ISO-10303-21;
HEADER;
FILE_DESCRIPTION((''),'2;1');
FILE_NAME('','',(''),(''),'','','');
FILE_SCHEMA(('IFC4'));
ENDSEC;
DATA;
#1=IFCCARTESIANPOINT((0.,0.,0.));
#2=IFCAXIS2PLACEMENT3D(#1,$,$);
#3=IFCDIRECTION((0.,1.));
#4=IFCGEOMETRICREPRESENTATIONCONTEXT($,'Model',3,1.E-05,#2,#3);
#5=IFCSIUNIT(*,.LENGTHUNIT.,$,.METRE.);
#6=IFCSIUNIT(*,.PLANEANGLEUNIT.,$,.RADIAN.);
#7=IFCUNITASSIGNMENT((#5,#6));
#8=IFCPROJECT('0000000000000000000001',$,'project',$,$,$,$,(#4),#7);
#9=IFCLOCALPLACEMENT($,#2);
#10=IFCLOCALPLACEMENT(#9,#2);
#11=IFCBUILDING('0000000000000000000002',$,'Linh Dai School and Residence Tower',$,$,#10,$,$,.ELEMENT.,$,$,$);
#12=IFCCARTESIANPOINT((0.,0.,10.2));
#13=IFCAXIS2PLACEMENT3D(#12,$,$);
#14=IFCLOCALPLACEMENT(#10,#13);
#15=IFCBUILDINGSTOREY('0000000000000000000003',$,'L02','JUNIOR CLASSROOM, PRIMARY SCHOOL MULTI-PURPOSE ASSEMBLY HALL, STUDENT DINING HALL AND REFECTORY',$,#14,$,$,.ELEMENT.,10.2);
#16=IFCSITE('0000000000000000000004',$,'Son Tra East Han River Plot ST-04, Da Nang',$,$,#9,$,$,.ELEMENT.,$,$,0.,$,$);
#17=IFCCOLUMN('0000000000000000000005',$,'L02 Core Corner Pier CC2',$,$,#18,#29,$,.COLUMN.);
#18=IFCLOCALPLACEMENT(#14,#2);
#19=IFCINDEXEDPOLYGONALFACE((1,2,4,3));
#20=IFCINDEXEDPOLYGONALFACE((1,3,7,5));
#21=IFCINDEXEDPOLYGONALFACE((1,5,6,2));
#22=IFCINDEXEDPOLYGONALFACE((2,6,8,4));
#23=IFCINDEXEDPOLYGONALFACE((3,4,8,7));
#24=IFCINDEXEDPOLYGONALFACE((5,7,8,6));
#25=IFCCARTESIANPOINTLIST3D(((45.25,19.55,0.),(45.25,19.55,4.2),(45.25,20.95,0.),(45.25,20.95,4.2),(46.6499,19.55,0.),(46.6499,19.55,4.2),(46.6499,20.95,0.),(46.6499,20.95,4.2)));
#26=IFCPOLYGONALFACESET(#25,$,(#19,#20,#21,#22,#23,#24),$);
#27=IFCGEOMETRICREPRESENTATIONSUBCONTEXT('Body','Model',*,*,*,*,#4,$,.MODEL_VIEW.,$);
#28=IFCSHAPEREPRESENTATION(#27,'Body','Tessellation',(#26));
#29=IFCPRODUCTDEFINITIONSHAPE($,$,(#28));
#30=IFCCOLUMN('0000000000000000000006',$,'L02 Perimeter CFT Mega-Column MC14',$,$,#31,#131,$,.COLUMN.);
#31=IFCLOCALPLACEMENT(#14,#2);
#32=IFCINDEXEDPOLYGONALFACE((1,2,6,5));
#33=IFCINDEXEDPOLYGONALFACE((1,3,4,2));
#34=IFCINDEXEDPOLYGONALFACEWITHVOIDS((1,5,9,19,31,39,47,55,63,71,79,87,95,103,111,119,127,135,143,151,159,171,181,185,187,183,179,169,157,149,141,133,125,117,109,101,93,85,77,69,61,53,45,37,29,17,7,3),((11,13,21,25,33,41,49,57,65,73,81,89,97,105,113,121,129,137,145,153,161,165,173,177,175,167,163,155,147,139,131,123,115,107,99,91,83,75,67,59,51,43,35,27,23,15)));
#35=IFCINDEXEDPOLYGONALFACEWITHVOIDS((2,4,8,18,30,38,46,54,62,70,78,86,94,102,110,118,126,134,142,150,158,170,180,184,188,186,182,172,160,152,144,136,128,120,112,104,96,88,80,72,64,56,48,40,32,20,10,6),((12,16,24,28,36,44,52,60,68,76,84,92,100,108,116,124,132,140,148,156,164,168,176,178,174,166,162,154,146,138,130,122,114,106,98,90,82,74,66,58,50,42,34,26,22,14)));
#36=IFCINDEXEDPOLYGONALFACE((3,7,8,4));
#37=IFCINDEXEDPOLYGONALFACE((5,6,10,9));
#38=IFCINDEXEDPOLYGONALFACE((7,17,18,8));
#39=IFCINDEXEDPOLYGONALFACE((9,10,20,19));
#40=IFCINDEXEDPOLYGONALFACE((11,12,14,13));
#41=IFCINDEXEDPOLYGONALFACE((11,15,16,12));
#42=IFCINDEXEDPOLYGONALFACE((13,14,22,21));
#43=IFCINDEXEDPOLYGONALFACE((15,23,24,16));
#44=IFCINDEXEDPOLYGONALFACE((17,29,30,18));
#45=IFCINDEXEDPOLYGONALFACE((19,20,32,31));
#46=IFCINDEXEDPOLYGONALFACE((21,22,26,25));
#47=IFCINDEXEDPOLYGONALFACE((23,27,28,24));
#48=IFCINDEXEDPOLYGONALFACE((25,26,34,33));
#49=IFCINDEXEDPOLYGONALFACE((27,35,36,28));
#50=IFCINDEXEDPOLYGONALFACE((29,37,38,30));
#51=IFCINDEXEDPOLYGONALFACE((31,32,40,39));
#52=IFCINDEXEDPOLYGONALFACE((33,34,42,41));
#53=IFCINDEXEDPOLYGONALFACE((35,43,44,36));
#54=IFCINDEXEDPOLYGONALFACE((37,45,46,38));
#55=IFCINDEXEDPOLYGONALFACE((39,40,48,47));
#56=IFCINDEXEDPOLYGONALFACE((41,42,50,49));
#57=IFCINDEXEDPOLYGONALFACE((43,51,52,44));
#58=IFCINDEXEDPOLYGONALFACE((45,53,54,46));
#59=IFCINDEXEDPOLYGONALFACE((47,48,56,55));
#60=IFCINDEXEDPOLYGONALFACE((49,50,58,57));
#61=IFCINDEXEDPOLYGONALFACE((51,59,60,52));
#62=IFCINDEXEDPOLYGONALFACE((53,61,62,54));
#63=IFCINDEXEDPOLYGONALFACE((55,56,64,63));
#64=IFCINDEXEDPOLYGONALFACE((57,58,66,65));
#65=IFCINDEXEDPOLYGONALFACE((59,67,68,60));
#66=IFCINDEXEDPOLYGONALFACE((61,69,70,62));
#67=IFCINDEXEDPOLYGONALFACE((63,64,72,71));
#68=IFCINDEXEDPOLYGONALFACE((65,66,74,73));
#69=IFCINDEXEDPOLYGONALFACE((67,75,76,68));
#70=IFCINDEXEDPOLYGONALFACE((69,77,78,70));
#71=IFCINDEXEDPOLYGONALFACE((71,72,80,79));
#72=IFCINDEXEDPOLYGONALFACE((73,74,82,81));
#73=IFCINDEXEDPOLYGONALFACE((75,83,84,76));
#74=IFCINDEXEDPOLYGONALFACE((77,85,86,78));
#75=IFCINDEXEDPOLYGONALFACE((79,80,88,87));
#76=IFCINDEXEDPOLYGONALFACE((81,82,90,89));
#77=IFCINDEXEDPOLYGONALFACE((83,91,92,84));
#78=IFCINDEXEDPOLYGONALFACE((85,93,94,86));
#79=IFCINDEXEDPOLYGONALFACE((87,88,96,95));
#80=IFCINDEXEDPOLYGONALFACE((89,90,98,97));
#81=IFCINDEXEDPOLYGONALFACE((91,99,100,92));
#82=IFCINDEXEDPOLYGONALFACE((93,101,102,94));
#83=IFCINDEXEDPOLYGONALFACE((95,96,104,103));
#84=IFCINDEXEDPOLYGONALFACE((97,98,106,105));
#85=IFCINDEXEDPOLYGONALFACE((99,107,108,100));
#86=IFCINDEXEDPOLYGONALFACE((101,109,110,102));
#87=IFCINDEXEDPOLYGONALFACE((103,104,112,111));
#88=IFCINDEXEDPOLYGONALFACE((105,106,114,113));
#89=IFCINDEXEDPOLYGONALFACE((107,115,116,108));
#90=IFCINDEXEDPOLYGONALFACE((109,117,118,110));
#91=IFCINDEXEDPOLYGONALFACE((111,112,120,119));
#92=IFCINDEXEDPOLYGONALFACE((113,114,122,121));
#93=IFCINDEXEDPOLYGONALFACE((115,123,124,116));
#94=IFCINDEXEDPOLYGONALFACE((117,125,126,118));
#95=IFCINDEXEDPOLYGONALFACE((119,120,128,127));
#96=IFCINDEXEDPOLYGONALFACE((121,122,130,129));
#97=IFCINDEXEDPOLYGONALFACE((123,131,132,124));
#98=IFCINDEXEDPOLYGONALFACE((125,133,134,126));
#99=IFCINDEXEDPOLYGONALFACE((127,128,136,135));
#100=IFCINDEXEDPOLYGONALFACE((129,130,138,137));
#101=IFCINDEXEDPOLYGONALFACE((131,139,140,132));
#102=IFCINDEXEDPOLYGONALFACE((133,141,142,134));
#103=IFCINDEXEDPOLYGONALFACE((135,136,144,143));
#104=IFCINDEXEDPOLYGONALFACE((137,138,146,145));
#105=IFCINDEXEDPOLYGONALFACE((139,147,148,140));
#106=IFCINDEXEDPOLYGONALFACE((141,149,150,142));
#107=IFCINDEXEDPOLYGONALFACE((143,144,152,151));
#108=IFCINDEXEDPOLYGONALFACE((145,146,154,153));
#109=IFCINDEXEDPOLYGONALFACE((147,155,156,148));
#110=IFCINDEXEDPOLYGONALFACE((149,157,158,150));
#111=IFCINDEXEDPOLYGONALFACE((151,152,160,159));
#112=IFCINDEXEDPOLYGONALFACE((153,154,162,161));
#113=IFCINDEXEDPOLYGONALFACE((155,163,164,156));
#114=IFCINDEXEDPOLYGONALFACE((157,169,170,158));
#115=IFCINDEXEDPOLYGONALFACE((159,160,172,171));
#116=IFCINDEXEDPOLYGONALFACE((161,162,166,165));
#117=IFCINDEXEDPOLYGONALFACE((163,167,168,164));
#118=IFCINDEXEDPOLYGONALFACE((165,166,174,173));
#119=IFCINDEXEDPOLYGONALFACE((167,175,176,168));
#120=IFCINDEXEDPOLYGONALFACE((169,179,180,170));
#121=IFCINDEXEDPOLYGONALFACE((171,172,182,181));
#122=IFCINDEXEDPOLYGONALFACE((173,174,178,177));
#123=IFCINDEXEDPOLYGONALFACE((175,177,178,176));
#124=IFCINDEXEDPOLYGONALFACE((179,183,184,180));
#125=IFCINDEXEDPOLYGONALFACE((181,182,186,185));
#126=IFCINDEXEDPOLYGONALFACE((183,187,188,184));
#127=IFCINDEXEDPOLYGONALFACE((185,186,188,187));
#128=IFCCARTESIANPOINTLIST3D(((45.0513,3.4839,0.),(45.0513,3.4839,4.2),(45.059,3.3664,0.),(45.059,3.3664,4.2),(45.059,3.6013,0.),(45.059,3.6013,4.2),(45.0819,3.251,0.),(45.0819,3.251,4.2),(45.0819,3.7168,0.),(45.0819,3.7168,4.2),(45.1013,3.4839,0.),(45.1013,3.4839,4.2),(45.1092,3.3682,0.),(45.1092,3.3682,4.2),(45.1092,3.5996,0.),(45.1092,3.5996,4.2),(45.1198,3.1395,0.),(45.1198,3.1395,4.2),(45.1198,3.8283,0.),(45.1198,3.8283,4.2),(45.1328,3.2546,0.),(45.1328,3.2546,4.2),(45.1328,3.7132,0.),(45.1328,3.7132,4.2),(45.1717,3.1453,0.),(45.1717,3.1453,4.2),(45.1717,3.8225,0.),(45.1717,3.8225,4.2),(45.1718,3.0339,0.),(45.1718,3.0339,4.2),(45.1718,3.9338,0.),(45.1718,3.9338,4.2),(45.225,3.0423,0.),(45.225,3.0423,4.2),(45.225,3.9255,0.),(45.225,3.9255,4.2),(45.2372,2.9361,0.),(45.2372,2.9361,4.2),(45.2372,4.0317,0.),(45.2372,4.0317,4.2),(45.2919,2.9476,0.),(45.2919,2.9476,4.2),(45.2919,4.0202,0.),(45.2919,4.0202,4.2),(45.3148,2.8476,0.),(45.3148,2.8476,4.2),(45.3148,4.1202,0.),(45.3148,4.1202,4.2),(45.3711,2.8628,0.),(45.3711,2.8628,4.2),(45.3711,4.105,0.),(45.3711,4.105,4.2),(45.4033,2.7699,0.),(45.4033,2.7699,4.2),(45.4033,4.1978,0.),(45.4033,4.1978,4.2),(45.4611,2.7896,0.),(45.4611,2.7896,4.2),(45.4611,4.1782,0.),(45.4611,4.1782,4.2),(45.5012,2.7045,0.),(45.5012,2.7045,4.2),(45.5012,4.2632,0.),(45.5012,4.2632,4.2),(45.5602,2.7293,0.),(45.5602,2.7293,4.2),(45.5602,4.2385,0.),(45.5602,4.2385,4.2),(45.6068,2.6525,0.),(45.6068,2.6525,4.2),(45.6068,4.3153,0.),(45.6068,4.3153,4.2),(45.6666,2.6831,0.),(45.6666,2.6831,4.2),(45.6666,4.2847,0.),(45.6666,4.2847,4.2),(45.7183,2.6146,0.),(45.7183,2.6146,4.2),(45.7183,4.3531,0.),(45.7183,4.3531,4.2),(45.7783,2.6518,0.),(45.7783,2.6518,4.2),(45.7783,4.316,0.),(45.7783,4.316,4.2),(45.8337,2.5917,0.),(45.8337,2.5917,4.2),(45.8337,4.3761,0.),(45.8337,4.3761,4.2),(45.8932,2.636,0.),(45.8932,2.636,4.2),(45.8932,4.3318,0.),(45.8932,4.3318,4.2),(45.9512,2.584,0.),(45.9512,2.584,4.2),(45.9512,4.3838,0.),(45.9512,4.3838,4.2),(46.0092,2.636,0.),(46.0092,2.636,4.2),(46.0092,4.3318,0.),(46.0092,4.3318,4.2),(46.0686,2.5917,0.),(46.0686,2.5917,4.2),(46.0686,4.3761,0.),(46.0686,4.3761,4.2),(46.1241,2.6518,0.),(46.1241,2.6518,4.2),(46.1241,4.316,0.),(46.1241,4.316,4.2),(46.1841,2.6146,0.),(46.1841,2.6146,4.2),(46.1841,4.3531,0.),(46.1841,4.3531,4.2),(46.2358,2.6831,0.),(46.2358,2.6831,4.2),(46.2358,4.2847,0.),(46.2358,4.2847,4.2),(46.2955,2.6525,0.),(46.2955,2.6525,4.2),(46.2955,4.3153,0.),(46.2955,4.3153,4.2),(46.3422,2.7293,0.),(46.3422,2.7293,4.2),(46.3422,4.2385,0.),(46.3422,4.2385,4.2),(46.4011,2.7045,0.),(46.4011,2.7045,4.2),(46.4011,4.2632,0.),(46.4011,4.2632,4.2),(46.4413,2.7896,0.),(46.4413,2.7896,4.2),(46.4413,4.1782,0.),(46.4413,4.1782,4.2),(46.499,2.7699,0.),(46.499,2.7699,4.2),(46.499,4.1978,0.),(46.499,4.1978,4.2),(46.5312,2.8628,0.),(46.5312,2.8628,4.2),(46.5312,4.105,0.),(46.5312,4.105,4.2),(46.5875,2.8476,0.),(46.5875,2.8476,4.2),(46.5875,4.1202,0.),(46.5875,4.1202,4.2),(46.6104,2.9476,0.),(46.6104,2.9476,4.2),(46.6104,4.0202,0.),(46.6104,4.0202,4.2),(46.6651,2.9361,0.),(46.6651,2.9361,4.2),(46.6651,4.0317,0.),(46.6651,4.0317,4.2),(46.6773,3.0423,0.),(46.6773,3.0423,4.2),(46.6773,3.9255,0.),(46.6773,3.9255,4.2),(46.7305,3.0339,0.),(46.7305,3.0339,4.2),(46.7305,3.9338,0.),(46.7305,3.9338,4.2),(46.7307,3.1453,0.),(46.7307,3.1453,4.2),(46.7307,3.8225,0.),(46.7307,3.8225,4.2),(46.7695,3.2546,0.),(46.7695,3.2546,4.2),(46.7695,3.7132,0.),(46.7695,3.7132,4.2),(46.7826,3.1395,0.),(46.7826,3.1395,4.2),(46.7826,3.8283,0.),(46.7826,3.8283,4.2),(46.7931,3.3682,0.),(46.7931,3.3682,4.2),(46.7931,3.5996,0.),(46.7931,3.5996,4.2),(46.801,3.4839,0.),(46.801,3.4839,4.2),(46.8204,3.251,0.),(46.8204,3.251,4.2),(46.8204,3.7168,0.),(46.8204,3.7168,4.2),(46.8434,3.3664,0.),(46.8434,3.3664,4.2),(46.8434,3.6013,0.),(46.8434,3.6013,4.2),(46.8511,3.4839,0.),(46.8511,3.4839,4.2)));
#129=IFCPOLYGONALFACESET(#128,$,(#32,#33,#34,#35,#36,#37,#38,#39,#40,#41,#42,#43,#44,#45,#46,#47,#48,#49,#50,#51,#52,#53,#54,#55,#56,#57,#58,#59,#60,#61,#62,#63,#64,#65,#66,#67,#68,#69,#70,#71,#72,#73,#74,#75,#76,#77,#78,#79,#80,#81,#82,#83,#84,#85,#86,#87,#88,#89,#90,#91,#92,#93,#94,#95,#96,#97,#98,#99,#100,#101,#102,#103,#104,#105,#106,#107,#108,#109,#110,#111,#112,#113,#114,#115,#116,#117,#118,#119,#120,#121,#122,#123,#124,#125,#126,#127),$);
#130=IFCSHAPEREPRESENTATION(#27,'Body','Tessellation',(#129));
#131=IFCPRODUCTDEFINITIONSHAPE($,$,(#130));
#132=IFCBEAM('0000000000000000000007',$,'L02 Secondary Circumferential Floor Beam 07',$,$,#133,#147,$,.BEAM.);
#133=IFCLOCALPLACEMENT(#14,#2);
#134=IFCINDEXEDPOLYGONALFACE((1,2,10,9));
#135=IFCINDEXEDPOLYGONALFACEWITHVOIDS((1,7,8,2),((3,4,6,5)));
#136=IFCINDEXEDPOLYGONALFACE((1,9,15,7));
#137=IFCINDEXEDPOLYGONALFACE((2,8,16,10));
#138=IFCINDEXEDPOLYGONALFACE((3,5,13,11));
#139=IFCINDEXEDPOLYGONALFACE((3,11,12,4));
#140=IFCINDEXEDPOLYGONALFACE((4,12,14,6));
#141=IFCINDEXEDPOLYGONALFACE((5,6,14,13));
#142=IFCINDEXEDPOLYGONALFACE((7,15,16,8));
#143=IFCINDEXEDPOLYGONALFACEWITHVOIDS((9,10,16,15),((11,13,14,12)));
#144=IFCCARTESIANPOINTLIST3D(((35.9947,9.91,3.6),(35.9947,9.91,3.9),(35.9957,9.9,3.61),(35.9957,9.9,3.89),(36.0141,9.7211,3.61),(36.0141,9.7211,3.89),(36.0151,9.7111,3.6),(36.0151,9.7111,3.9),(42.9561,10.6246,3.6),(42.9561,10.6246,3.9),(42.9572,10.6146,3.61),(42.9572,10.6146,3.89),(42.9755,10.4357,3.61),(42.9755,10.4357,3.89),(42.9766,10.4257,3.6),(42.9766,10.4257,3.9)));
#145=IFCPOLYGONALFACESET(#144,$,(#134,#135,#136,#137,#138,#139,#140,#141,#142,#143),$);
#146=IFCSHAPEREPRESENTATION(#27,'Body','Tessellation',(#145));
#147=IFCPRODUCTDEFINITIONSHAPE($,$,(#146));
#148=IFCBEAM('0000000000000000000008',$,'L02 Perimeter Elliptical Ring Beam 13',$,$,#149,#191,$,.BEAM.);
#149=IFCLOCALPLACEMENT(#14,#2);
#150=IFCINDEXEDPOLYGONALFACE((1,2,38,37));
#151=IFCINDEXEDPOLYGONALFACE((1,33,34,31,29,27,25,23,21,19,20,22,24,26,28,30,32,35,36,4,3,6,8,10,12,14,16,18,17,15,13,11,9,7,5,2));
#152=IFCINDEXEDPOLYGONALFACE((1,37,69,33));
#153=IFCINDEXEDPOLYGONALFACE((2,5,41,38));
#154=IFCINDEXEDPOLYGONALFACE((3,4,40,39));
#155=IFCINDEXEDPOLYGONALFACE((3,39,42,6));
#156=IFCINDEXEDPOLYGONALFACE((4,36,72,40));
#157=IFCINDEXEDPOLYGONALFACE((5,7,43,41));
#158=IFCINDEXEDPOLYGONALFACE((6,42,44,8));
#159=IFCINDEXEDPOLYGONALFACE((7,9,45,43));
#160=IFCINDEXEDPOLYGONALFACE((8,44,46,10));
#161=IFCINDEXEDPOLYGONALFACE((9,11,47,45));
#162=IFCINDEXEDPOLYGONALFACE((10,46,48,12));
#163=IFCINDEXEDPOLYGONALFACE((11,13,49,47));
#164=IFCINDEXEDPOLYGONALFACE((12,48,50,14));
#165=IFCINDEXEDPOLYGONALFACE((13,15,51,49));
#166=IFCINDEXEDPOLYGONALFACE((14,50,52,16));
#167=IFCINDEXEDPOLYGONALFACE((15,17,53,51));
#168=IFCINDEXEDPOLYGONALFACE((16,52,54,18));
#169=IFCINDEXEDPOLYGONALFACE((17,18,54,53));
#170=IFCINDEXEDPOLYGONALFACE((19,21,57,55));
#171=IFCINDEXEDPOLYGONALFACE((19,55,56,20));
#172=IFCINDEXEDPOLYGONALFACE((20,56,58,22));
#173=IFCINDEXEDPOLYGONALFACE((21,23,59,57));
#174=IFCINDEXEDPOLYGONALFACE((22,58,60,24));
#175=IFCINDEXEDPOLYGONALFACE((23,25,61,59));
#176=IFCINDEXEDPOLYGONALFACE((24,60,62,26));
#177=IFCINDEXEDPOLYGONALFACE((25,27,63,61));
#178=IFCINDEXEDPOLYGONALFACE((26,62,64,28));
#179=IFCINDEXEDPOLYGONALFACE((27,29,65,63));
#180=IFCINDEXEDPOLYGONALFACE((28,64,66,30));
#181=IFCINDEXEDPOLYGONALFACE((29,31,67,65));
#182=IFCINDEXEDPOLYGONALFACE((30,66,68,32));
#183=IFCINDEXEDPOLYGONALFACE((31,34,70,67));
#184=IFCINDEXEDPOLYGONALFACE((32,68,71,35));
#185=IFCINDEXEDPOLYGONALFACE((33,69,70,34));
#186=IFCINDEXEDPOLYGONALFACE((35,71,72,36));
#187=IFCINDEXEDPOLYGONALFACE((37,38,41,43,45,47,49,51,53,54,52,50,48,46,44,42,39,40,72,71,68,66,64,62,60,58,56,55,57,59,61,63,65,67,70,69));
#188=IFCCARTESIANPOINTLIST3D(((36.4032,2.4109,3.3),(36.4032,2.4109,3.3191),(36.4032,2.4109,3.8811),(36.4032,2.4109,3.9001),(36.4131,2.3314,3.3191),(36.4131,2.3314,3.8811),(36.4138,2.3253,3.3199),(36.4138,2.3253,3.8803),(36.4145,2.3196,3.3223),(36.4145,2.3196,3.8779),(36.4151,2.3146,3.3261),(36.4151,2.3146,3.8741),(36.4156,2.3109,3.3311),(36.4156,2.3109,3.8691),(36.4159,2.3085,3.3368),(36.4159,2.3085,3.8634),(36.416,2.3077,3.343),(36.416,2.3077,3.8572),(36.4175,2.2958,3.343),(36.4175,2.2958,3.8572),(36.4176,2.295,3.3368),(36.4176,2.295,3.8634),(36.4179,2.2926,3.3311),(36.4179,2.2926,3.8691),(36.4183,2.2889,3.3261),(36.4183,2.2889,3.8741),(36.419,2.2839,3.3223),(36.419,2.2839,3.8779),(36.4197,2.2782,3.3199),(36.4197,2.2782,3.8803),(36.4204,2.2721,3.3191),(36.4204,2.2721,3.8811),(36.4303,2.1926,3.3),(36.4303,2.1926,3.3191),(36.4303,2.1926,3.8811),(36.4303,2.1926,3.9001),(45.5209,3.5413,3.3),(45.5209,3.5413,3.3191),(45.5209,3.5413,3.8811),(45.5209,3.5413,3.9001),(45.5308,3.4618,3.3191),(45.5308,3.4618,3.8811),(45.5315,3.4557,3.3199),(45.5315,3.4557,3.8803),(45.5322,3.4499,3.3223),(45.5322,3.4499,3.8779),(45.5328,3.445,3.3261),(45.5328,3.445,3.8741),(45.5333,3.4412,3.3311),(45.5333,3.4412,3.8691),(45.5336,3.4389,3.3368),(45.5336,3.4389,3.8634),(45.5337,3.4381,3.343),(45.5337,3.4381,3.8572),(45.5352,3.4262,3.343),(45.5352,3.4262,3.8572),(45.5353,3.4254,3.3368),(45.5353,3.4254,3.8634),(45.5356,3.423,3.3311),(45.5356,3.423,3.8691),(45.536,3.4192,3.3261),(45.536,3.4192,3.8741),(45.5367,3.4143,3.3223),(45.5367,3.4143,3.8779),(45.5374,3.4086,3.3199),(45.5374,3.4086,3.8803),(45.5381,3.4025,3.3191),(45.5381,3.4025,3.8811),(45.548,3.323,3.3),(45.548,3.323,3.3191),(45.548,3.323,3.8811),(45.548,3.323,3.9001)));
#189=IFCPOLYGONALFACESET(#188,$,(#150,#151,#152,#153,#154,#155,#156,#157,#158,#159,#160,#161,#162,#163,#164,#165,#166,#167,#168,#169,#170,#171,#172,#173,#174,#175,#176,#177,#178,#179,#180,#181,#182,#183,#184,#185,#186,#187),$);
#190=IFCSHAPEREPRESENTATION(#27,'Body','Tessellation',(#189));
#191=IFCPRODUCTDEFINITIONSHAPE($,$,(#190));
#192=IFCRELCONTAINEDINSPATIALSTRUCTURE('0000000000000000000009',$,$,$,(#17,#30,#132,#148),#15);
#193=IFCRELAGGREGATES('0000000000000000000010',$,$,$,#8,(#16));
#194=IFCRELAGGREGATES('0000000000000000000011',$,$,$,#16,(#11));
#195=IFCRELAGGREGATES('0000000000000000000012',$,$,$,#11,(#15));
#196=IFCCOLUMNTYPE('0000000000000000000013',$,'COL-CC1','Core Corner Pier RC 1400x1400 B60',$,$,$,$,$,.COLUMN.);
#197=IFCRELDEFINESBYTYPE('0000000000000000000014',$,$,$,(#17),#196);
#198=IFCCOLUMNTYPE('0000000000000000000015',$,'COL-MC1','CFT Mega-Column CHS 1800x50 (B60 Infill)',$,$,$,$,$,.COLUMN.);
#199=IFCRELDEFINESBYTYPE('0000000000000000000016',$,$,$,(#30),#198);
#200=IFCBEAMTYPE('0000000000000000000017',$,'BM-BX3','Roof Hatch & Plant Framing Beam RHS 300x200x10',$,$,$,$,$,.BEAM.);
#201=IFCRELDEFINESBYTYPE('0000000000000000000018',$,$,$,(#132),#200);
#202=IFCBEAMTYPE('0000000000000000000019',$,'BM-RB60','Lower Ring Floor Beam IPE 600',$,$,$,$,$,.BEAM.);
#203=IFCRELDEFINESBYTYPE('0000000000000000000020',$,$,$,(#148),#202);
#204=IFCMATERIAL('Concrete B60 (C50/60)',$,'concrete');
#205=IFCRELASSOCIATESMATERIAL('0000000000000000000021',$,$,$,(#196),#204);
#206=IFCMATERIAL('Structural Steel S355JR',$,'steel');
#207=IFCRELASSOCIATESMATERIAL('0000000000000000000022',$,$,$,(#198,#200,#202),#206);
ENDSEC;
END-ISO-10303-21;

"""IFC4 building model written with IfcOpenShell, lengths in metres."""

from ifc_helpers import new_model, si_unit, direction, frame, origin, origin_2d, place, context, subcontext, project, spatial, rectangle, hollow_rectangle, hollow_circle, i_section, extrude, material, material_profile, profile_set, type_object, element, save


model = new_model("IFC4")

# Units and contexts
model_context = context("Model", 3, precision=1e-05, world=origin(), true_north=direction((0.0, 1.0)))
body_context = subcontext(model_context, "Body", "Model", "MODEL_VIEW")
ifc_project = project(units=[si_unit("LENGTHUNIT", "METRE"), si_unit("PLANEANGLEUNIT", "RADIAN")], contexts=[model_context])

# Site, building, storey
site_placement = place(None, origin())
site = spatial("IfcSite", under=ifc_project, at=site_placement, Name="Son Tra East Han River Plot ST-04, Da Nang", CompositionType="ELEMENT", RefElevation=0.0)
building_placement = place(site_placement, origin())
building = spatial("IfcBuilding", under=site, at=building_placement, Name="Linh Dai School and Residence Tower", CompositionType="ELEMENT")
storey_placement = place(building_placement, frame((0.0, 0.0, 10.2)))
storey = spatial("IfcBuildingStorey", under=building, at=storey_placement, Name="L02", Description="JUNIOR CLASSROOM, PRIMARY SCHOOL MULTI-PURPOSE ASSEMBLY HALL, STUDENT DINING HALL AND REFECTORY", CompositionType="ELEMENT", Elevation=10.2)

# Columns
ifc_material_1 = material(Name="Concrete B60 (C50/60)", Category="concrete")
ifc_material_profile_1 = material_profile(ifc_material_1, rectangle(XDim=1.3999, YDim=1.3999, at=origin_2d()), Name="RC 1400x1400")
ifc_profile_set_1 = profile_set([ifc_material_profile_1], Name="Concrete B60 (C50/60)")
column_type_1 = type_object("IfcColumnType", Name="COL-CC1", Description="Core Corner Pier RC 1400x1400 B60", PredefinedType="COLUMN", material=ifc_profile_set_1)
column_1_placement = place(storey_placement, frame((45.95, 20.25, 0.0), z_axis=(0.0, 0.0, 1.0), x_axis=(1.0, 0.0, 0.0)))
element("IfcColumn", 1, at=column_1_placement, inside=storey, type_object=column_type_1, Name="L02 Core Corner Pier CC2", PredefinedType="COLUMN", context=body_context, shape_type="SweptSolid", body=[
    extrude(rectangle(XDim=1.3999, YDim=1.3999, at=origin_2d()), origin(), (0.0, 0.0, 1.0), 4.2),
])
ifc_material_2 = material(Name="Structural Steel S355JR", Category="steel")
ifc_material_profile_2 = material_profile(ifc_material_2, hollow_circle(Radius=0.8999, WallThickness=0.05, at=origin_2d()), Name="CHS 1800x50")
ifc_profile_set_2 = profile_set([ifc_material_profile_2], Name="Structural Steel S355JR")
column_type_2 = type_object("IfcColumnType", Name="COL-MC1", Description="CFT Mega-Column CHS 1800x50 (B60 Infill)", PredefinedType="COLUMN", material=ifc_profile_set_2)
column_2_placement = place(storey_placement, frame((45.9512, 3.4839, 0.0), z_axis=(0.0, 0.0, 1.0), x_axis=(1.0, 0.0, 0.0)))
element("IfcColumn", 2, at=column_2_placement, inside=storey, type_object=column_type_2, Name="L02 Perimeter CFT Mega-Column MC14", PredefinedType="COLUMN", context=body_context, shape_type="SweptSolid", body=[
    extrude(hollow_circle(Radius=0.8999, WallThickness=0.05, at=origin_2d()), origin(), (0.0, 0.0, 1.0), 4.2),
])

# Beams
ifc_material_profile_3 = material_profile(ifc_material_2, hollow_rectangle(XDim=0.2, YDim=0.3, WallThickness=0.01, at=origin_2d()), Name="RHS 300x200x10")
ifc_profile_set_3 = profile_set([ifc_material_profile_3], Name="Structural Steel S355JR")
beam_type_1 = type_object("IfcBeamType", Name="BM-BX3", Description="Roof Hatch & Plant Framing Beam RHS 300x200x10", PredefinedType="BEAM", material=ifc_profile_set_3)
beam_1_placement = place(storey_placement, frame((36.0049, 9.8105, 3.75), z_axis=(0.994773, 0.102115, 0.0), x_axis=(-0.102115, 0.994773, 0.0)))
element("IfcBeam", 3, at=beam_1_placement, inside=storey, type_object=beam_type_1, Name="L02 Secondary Circumferential Floor Beam 07", PredefinedType="BEAM", context=body_context, shape_type="SweptSolid", body=[
    extrude(hollow_rectangle(XDim=0.2, YDim=0.3, WallThickness=0.01, at=origin_2d()), origin(), (0.0, 0.0, 1.0), 6.998),
])
ifc_material_profile_4 = material_profile(ifc_material_2, i_section(OverallWidth=0.22, OverallDepth=0.6001, WebThickness=0.012, FlangeThickness=0.019, FilletRadius=0.0239, at=origin_2d()), Name="IPE 600")
ifc_profile_set_4 = profile_set([ifc_material_profile_4], Name="Structural Steel S355JR")
beam_type_2 = type_object("IfcBeamType", Name="BM-RB60", Description="Lower Ring Floor Beam IPE 600", PredefinedType="BEAM", material=ifc_profile_set_4)
beam_2_placement = place(storey_placement, frame((36.4167, 2.3018, 3.6001), z_axis=(0.992402, 0.123034, 0.0), x_axis=(-0.123034, 0.992402, 0.0)))
element("IfcBeam", 4, at=beam_2_placement, inside=storey, type_object=beam_type_2, Name="L02 Perimeter Elliptical Ring Beam 13", PredefinedType="BEAM", context=body_context, shape_type="SweptSolid", body=[
    extrude(i_section(OverallWidth=0.22, OverallDepth=0.6001, WebThickness=0.012, FlangeThickness=0.019, FilletRadius=0.0239, at=origin_2d()), origin(), (0.0, 0.0, 1.0), 9.1875),
])

save(model, "model.ifc")
